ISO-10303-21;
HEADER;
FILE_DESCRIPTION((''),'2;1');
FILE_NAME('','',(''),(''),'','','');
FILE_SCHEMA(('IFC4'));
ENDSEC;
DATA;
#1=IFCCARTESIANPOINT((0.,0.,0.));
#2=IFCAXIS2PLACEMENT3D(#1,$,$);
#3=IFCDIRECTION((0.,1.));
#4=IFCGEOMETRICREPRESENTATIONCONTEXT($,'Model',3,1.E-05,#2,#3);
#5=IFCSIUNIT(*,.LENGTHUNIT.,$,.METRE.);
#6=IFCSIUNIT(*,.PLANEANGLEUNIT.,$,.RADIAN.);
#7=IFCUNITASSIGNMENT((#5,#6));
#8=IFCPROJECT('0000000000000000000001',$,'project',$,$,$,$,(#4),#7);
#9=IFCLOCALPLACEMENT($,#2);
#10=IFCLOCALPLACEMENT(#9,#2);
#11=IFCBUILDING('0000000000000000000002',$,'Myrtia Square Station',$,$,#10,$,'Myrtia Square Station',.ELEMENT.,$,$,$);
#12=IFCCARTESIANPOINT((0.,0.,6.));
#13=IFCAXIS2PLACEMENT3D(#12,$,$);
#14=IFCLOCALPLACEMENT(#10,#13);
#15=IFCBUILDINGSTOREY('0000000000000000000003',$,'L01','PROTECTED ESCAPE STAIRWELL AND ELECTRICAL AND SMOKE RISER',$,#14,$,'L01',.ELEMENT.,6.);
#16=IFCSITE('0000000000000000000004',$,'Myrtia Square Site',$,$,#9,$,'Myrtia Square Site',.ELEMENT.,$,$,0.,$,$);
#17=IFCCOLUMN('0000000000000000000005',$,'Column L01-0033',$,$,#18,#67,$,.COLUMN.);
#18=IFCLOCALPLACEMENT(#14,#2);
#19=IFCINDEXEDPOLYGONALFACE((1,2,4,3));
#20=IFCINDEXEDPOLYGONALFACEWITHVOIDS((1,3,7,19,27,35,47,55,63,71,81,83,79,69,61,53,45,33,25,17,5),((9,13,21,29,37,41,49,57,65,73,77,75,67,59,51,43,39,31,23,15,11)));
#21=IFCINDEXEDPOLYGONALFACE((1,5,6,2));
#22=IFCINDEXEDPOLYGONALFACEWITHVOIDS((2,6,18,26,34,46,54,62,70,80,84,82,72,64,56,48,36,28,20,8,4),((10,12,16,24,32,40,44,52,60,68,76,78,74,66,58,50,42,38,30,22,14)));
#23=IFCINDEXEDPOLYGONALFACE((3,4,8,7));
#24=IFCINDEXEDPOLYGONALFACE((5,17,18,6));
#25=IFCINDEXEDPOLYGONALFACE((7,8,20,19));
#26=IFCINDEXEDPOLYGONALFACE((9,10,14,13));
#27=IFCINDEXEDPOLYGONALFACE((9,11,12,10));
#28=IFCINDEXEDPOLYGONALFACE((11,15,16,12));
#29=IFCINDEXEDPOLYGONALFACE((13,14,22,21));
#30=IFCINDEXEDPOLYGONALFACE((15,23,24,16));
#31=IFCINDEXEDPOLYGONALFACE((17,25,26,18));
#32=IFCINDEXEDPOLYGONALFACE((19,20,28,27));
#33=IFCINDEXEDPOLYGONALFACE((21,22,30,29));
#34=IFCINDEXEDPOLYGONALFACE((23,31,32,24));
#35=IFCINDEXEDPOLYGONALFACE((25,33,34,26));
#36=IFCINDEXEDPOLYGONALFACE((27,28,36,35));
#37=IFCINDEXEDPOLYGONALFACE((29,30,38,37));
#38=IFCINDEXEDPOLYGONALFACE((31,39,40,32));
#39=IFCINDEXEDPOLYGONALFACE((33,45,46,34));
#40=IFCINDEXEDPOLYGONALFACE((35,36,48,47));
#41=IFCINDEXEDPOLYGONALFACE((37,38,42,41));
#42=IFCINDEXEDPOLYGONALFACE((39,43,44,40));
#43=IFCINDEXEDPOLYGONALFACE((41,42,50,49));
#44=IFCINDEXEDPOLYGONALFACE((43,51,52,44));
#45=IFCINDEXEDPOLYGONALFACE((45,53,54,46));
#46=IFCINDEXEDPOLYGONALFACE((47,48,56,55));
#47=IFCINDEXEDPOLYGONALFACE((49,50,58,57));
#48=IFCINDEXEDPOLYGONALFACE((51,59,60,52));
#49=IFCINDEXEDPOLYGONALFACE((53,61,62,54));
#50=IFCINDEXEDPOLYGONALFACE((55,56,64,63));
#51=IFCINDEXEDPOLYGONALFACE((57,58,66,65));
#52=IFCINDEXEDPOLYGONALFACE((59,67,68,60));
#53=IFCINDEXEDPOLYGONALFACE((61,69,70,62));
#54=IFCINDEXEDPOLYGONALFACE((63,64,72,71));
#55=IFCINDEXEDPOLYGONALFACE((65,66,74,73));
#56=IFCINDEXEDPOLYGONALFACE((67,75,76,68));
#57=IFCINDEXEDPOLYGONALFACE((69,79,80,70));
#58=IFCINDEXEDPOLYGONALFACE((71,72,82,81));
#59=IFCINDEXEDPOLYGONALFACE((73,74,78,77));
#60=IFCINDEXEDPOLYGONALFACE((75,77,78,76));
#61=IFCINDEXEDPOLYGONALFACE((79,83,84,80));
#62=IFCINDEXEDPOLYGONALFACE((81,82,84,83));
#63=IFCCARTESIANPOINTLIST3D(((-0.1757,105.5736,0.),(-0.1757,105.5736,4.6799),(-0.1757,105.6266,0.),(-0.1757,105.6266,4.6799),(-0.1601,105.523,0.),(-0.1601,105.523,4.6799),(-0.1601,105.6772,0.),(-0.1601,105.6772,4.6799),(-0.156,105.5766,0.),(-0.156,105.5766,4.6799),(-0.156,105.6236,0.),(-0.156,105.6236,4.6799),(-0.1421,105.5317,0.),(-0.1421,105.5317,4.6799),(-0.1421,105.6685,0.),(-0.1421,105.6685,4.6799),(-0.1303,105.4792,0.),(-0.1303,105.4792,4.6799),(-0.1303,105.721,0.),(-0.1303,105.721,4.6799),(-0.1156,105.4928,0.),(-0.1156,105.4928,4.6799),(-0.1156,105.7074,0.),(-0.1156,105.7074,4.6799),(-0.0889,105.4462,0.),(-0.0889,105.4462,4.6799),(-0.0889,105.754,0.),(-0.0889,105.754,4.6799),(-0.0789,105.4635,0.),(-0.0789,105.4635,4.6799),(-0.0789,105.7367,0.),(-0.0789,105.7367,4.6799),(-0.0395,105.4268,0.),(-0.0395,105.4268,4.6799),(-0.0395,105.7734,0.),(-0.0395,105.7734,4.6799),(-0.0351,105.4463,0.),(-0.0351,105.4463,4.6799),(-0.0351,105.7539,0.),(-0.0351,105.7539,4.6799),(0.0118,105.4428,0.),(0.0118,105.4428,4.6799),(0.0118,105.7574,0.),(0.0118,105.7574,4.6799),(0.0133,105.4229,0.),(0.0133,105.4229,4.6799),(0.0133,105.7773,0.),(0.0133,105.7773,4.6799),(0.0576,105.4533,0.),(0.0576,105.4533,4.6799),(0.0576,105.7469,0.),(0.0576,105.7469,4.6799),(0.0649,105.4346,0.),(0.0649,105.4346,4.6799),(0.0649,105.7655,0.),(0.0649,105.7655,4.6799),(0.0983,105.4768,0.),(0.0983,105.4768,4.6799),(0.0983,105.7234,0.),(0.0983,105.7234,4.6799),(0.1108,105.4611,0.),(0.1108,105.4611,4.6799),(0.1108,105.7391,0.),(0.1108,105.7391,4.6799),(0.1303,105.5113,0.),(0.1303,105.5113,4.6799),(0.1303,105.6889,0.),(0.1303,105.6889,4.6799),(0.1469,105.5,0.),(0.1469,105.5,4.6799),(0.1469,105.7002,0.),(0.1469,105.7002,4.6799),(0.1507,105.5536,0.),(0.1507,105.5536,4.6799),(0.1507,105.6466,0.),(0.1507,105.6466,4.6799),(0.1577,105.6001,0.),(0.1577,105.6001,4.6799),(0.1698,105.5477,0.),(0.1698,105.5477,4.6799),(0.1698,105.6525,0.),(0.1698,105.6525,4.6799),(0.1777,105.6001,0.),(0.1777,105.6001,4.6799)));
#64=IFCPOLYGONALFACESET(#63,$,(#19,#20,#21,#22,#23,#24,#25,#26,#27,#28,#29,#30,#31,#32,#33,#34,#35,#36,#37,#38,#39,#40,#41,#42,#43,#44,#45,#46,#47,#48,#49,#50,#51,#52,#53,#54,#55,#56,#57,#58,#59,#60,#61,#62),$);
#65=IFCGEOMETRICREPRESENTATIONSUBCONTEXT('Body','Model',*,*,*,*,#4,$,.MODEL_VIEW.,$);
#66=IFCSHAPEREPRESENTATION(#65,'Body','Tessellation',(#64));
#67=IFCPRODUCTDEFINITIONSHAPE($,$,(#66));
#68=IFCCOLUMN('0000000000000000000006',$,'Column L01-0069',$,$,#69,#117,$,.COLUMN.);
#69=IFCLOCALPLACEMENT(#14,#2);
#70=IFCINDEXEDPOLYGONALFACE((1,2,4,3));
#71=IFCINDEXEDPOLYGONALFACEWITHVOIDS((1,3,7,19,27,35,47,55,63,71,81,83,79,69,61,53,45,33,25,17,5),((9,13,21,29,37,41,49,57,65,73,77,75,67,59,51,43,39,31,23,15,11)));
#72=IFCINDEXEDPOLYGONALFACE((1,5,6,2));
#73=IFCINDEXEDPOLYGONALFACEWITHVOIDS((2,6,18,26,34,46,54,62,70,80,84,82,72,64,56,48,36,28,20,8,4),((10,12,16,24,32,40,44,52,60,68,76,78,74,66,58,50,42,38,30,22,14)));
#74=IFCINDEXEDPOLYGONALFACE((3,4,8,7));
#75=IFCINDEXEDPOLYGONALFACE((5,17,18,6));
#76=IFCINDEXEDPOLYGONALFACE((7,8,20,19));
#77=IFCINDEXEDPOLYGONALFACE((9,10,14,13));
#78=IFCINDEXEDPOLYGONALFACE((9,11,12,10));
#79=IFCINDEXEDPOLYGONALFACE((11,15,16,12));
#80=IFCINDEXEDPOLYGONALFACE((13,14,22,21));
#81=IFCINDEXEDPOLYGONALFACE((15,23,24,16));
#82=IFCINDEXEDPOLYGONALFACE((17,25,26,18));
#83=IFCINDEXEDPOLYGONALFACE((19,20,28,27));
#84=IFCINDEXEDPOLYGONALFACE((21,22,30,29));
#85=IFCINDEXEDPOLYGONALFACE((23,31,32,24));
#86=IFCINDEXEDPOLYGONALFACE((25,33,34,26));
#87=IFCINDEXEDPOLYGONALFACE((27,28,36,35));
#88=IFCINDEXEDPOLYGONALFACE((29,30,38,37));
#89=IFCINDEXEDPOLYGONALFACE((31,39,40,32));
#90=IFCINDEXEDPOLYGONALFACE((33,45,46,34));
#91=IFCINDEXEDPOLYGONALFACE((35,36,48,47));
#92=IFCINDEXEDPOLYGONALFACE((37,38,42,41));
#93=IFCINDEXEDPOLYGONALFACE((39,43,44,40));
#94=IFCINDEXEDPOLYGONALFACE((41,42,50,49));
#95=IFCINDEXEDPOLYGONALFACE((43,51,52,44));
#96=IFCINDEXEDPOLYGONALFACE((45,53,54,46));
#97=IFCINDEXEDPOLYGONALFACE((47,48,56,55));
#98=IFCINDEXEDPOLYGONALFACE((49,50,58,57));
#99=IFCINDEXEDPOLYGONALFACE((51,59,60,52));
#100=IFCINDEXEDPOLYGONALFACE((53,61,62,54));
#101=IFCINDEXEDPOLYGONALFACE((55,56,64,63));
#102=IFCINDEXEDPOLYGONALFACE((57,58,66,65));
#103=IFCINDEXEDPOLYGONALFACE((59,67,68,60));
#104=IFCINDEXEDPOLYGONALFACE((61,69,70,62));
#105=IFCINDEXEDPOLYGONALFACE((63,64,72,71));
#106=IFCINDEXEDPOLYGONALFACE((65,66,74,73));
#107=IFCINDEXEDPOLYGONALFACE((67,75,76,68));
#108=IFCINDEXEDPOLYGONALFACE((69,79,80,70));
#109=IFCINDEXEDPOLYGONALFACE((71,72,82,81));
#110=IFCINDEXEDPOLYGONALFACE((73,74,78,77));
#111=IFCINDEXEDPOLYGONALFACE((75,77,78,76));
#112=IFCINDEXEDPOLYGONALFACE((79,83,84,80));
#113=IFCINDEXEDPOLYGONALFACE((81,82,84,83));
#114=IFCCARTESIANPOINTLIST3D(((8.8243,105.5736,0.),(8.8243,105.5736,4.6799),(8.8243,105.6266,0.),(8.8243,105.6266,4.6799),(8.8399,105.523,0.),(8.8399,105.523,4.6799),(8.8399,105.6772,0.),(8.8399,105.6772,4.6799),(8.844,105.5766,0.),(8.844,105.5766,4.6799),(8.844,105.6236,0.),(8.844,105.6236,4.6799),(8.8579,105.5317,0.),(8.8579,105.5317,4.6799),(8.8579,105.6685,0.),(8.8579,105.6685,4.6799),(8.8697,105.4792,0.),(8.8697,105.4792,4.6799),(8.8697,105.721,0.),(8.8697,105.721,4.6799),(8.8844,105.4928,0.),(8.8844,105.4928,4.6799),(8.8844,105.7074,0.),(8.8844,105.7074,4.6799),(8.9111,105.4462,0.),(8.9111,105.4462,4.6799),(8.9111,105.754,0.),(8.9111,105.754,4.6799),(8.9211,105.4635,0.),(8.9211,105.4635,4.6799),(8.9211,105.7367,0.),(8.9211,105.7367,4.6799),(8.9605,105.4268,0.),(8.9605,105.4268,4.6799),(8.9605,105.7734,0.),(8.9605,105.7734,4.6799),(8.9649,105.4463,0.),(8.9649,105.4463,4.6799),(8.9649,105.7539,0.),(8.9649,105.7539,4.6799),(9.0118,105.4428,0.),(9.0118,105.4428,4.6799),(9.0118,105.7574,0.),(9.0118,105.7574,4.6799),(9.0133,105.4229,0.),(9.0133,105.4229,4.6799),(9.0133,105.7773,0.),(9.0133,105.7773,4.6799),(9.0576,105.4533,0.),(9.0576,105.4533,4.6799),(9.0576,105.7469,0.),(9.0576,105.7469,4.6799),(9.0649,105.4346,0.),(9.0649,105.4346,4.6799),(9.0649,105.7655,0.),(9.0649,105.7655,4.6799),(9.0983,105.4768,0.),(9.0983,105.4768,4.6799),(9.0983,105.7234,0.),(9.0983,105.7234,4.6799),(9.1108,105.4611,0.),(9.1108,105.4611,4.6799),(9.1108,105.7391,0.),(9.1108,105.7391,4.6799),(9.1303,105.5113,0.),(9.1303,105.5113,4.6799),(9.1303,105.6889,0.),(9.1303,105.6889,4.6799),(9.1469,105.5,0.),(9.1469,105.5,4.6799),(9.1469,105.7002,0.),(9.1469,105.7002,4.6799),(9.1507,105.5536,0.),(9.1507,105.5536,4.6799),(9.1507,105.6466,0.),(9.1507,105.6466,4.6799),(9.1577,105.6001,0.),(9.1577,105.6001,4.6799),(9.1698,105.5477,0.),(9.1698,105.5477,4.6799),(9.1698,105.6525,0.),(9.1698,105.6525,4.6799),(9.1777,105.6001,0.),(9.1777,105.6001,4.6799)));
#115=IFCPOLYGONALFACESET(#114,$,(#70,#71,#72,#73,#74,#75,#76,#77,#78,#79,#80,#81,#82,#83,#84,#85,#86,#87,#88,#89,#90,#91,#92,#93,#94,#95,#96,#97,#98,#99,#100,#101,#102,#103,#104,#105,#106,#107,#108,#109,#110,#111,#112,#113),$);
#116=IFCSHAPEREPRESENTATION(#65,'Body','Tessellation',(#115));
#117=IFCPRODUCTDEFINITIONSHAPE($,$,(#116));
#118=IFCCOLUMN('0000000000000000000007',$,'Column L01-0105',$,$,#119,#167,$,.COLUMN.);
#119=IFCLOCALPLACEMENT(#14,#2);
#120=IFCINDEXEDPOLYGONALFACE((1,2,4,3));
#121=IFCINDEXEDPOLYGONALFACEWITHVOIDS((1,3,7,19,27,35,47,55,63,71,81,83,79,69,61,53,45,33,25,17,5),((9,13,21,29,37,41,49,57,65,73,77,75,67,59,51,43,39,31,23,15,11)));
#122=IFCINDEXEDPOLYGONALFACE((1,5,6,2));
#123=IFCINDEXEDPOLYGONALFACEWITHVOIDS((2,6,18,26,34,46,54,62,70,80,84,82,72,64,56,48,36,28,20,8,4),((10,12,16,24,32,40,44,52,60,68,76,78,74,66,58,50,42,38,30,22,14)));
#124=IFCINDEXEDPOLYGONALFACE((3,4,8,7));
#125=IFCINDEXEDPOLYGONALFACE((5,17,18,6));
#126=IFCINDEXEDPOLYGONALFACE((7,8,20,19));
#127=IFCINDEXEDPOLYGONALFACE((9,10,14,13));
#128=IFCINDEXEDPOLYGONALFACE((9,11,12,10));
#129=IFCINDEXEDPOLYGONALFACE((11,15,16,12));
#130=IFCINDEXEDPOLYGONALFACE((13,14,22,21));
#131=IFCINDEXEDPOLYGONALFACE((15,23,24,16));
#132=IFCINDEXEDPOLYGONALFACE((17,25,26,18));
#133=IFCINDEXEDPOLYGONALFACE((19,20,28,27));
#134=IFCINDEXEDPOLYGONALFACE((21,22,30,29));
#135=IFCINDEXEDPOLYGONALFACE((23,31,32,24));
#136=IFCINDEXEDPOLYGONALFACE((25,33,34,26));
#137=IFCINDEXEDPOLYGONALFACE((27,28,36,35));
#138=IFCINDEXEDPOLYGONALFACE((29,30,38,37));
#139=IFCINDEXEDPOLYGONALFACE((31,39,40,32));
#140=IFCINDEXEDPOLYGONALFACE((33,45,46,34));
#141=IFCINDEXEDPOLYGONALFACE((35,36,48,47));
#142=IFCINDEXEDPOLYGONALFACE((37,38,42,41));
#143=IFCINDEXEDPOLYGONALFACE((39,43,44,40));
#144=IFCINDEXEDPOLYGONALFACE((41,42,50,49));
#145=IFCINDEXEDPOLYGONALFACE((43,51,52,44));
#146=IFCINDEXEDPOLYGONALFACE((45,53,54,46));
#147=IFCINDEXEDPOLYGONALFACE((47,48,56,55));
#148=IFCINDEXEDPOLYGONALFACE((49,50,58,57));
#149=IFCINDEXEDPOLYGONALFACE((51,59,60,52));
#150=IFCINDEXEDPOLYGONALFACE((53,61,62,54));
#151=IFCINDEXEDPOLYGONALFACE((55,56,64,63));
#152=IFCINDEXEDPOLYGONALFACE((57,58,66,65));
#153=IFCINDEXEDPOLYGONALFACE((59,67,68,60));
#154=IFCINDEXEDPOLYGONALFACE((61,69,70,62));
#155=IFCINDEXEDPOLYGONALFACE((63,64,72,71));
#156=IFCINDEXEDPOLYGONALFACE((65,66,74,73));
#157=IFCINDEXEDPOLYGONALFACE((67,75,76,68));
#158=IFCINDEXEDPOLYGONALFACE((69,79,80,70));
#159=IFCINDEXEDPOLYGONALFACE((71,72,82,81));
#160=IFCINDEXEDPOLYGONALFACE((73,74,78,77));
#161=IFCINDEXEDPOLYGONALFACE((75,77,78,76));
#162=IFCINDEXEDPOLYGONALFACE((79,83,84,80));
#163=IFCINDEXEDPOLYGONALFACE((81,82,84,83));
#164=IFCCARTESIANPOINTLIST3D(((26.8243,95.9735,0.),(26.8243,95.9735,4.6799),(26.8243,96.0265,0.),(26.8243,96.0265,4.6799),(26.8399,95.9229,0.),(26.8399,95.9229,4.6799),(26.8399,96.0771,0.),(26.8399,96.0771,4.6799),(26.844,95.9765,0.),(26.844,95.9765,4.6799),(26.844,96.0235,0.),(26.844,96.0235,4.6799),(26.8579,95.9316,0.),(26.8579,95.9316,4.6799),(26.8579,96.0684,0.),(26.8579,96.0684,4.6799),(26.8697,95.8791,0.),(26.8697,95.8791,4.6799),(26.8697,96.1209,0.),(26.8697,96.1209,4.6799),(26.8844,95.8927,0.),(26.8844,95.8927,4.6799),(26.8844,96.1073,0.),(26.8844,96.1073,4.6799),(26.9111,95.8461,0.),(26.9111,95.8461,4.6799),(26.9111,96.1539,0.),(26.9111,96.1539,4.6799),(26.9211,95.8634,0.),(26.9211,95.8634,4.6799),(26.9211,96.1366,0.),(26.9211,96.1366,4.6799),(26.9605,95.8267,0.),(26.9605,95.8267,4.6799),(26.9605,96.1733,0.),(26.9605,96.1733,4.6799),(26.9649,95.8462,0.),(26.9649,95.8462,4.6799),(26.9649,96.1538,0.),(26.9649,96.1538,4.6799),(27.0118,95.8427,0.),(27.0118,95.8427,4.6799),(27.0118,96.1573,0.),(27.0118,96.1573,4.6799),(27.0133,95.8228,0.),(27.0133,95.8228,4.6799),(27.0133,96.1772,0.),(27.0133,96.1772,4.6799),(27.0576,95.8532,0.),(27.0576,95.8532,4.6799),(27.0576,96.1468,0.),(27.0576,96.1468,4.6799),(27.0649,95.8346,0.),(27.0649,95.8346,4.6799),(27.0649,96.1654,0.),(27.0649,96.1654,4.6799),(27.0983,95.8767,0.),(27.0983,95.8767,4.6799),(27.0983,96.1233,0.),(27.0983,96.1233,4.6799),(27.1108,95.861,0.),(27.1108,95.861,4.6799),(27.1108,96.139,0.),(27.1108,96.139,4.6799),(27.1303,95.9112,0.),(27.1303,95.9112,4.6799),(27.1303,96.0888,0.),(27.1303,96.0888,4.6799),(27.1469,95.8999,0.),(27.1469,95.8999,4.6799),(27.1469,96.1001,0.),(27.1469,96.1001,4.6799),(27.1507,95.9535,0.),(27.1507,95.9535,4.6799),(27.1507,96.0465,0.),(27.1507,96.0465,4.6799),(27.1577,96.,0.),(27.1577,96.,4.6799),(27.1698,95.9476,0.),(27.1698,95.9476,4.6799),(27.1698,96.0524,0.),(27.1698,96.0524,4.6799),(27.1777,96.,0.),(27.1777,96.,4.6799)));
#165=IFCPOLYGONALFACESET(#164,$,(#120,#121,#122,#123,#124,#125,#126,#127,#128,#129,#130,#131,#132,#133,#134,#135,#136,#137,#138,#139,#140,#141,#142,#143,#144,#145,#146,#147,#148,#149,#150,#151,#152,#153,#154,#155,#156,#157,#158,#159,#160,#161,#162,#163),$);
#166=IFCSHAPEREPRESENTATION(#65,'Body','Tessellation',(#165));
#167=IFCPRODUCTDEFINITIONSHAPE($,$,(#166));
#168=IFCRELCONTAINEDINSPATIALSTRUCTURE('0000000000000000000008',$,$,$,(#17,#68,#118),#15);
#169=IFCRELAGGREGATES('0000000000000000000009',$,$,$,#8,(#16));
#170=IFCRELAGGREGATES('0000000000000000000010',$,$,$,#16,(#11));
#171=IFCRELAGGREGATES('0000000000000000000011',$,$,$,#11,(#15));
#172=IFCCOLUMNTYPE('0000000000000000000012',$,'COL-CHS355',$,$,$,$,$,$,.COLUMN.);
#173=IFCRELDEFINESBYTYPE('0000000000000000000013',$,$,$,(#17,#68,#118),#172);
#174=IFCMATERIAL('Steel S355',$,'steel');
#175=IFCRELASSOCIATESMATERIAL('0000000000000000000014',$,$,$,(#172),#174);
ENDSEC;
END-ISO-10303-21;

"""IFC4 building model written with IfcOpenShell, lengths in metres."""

from ifc_helpers import new_model, si_unit, direction, frame, origin, origin_2d, place, context, subcontext, project, spatial, hollow_circle, extrude, material, material_profile, profile_set, type_object, element, save


model = new_model("IFC4")

# Units and contexts
model_context = context("Model", 3, precision=1e-05, world=origin(), true_north=direction((0.0, 1.0)))
body_context = subcontext(model_context, "Body", "Model", "MODEL_VIEW")
ifc_project = project(units=[si_unit("LENGTHUNIT", "METRE"), si_unit("PLANEANGLEUNIT", "RADIAN")], contexts=[model_context])

# Site, building, storey
site_placement = place(None, origin())
site = spatial("IfcSite", under=ifc_project, at=site_placement, Name="Myrtia Square Site", LongName="Myrtia Square Site", CompositionType="ELEMENT", RefElevation=0.0)
building_placement = place(site_placement, origin())
building = spatial("IfcBuilding", under=site, at=building_placement, Name="Myrtia Square Station", LongName="Myrtia Square Station", CompositionType="ELEMENT")
storey_placement = place(building_placement, frame((0.0, 0.0, 6.0)))
storey = spatial("IfcBuildingStorey", under=building, at=storey_placement, Name="L01", Description="PROTECTED ESCAPE STAIRWELL AND ELECTRICAL AND SMOKE RISER", LongName="L01", CompositionType="ELEMENT", Elevation=6.0)

# Columns
ifc_material_1 = material(Name="Steel S355", Category="steel")
ifc_material_profile_1 = material_profile(ifc_material_1, hollow_circle(Radius=0.1777, WallThickness=0.02, at=origin_2d()), Name="CHS 355.6x20")
ifc_profile_set_1 = profile_set([ifc_material_profile_1], Name="Steel S355")
column_type = type_object("IfcColumnType", Name="COL-CHS355", PredefinedType="COLUMN", material=ifc_profile_set_1)
for number, where, z_axis, x_axis, name in (
    (1, (0.0, 105.6001, 0.0), (0.0, 0.0, 1.0), (1.0, 0.0, 0.0), "Column L01-0033"),
    (2, (9.0, 105.6001, 0.0), (0.0, 0.0, 1.0), (1.0, 0.0, 0.0), "Column L01-0069"),
    (3, (27.0, 96.0, 0.0), (0.0, 0.0, 1.0), (1.0, 0.0, 0.0), "Column L01-0105"),
):
    element("IfcColumn", number, at=place(storey_placement, frame(where, z_axis=z_axis, x_axis=x_axis)), inside=storey, type_object=column_type, Name=name, PredefinedType="COLUMN", context=body_context, shape_type="SweptSolid", body=[
        extrude(hollow_circle(Radius=0.1777, WallThickness=0.02, at=origin_2d()), origin(), (0.0, 0.0, 1.0), 4.6799),
    ])

save(model, "model.ifc")
